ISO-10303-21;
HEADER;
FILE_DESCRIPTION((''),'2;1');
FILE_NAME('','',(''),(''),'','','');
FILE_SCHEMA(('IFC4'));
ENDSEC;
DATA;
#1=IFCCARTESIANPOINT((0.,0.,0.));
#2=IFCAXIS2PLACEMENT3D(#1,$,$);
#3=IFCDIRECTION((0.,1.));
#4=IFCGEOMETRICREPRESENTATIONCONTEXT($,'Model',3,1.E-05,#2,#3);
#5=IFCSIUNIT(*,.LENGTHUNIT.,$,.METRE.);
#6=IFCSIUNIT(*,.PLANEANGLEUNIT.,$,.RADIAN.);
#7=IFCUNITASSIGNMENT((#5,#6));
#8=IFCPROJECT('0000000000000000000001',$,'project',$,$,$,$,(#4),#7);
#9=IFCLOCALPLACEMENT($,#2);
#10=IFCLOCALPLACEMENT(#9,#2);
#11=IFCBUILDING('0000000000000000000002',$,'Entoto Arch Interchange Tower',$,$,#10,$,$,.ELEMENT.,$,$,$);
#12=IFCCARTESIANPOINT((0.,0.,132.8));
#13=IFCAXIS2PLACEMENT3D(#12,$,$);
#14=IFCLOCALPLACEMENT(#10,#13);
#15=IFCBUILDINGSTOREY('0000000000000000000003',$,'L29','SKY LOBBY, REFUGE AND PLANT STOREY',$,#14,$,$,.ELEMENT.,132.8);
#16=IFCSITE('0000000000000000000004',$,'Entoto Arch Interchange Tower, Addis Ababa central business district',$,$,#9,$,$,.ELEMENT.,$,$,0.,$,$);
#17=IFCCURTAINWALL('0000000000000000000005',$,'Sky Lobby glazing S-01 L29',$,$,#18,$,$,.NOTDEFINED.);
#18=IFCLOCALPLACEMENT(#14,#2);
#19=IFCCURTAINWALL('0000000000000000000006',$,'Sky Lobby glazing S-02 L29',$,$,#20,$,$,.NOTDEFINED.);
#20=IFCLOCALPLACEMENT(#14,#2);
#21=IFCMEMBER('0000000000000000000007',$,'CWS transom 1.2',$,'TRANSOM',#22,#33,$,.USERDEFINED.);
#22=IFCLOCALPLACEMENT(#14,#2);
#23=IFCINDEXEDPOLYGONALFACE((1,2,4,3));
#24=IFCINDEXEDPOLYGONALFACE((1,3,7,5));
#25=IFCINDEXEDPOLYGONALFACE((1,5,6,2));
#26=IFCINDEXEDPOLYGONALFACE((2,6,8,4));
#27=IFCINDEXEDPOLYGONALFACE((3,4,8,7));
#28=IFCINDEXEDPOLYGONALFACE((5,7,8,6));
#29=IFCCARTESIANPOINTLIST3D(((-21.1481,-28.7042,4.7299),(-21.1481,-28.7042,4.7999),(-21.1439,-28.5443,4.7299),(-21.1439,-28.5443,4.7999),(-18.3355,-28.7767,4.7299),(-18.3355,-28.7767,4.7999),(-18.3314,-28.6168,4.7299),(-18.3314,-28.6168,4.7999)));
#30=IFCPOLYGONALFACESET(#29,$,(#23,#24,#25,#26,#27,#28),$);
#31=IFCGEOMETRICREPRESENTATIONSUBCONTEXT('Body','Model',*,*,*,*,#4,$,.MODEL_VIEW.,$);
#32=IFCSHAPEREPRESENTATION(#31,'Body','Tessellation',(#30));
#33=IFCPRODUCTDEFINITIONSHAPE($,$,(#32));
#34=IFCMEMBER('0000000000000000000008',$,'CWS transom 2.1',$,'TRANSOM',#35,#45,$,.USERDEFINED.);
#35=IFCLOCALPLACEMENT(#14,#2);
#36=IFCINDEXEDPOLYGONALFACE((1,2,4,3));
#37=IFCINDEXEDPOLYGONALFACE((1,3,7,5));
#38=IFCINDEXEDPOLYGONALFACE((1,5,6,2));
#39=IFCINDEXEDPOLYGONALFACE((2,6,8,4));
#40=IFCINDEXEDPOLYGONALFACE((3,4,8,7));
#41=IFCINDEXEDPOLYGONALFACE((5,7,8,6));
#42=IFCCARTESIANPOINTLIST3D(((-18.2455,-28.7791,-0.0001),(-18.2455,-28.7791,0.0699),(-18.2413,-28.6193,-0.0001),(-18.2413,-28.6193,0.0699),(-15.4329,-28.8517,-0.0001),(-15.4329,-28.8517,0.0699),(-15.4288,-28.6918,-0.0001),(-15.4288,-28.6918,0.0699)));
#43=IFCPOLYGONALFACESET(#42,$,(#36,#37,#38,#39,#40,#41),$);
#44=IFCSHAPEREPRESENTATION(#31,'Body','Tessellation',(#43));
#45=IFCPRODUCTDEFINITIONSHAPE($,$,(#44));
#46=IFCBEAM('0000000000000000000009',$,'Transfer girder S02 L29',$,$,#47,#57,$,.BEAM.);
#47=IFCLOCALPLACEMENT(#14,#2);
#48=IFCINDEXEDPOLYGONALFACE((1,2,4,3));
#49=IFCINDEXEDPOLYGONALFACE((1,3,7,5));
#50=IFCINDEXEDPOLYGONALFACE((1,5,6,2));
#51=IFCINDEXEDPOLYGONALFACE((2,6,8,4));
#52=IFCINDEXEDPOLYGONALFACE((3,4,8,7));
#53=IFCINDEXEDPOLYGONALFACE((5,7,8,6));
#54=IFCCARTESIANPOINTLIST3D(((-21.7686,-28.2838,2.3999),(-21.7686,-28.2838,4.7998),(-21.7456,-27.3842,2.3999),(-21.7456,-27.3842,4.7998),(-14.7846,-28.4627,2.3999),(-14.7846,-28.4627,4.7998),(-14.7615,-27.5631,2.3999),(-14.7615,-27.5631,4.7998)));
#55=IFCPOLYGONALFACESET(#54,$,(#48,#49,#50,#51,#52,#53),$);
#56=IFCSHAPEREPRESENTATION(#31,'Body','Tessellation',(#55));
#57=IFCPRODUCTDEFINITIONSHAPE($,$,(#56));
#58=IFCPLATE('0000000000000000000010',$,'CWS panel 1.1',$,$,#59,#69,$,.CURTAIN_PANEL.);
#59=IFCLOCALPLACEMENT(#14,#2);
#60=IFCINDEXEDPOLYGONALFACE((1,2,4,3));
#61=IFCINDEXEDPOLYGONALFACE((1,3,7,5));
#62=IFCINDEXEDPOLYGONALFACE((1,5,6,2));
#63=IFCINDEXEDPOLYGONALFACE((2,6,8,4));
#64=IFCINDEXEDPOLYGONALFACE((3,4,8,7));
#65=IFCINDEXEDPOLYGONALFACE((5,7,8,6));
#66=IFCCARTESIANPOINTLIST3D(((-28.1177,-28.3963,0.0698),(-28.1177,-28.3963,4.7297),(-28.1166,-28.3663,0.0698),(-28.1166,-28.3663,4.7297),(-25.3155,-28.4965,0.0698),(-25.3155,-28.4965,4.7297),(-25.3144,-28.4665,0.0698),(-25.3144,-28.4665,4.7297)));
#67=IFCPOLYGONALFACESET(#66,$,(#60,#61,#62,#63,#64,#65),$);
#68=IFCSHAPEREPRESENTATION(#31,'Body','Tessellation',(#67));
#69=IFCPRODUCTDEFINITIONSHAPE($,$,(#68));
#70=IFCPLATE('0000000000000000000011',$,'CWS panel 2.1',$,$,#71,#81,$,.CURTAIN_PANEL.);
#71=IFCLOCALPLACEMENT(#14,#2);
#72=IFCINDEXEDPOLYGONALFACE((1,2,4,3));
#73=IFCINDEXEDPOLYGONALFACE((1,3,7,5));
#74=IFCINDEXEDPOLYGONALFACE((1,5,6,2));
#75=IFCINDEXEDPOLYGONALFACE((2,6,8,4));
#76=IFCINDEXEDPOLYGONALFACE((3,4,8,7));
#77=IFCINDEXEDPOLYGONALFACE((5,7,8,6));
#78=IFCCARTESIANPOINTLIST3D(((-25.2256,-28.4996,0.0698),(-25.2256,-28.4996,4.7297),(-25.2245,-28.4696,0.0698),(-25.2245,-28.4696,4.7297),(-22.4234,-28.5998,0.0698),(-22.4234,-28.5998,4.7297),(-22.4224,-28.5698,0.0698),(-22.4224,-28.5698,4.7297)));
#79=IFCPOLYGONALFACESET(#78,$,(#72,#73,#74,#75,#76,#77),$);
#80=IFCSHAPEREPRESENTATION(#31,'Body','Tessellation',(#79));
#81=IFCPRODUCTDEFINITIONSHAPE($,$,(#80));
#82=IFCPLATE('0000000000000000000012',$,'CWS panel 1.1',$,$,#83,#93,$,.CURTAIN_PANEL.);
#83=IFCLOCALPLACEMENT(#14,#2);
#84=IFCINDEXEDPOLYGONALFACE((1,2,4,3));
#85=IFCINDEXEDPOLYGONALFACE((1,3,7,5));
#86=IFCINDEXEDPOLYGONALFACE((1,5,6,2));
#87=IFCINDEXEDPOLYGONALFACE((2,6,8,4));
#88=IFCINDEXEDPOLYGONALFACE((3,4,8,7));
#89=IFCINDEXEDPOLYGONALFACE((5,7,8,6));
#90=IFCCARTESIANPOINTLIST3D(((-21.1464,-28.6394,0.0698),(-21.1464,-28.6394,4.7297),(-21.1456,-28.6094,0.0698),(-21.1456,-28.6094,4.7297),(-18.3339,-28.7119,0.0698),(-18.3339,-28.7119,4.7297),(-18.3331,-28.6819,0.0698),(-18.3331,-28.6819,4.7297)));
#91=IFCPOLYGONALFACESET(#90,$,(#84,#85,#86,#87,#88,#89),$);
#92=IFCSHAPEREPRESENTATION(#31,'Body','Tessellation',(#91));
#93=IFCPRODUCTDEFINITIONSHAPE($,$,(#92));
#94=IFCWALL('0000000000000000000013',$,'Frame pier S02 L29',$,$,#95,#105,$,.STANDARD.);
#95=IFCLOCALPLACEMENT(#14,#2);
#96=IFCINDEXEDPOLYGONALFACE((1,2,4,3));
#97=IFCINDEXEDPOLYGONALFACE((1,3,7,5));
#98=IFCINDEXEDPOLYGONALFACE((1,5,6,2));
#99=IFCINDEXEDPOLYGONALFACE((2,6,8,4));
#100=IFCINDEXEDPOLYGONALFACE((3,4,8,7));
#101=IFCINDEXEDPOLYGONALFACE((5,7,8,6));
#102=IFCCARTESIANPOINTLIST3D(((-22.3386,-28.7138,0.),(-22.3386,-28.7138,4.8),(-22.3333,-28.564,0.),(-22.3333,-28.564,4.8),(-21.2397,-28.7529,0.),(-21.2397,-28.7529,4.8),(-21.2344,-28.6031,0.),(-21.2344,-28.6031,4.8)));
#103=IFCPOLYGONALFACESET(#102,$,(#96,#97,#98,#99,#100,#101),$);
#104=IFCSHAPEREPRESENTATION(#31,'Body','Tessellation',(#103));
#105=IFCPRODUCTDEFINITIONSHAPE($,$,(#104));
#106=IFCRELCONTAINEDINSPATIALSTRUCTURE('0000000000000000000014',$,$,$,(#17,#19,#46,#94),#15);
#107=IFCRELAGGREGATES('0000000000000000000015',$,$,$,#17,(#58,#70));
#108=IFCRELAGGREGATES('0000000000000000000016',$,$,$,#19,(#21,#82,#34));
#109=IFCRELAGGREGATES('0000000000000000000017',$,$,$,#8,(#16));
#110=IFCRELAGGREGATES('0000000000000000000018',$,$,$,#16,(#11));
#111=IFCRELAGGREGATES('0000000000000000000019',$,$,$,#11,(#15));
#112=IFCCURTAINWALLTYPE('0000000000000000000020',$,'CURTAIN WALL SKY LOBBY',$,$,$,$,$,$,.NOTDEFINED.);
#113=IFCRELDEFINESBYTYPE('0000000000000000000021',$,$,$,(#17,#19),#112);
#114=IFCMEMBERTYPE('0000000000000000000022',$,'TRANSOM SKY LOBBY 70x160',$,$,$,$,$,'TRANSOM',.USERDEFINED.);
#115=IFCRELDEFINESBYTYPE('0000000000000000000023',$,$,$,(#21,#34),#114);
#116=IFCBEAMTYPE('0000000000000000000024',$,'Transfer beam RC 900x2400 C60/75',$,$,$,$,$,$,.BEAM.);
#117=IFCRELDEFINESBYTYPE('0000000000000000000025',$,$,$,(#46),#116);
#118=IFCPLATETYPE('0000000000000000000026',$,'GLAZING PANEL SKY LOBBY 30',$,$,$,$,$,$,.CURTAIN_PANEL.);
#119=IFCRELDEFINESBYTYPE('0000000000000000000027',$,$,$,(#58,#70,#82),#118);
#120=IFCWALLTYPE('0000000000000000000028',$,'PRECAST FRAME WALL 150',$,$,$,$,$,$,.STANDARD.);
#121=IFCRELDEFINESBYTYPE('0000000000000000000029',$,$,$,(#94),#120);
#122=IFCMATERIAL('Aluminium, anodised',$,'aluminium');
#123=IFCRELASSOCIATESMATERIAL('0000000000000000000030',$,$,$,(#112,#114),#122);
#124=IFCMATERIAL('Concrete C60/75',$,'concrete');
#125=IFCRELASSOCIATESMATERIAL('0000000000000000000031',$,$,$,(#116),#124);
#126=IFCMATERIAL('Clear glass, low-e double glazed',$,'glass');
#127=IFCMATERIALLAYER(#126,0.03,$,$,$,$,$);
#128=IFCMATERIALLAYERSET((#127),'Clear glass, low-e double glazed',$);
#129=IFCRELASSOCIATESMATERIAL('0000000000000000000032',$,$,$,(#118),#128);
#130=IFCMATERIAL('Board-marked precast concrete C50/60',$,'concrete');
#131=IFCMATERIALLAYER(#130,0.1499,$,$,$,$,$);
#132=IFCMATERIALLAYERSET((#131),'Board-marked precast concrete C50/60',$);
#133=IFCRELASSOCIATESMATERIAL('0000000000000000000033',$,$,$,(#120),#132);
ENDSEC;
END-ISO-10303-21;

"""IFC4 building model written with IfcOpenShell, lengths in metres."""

from ifc_helpers import new_model, si_unit, direction, frame, frame_2d, origin, origin_2d, place, context, subcontext, project, spatial, rectangle, extrude, material, layer, layer_set, material_profile, profile_set, type_object, element, aggregate, save


model = new_model("IFC4")

# Units and contexts
model_context = context("Model", 3, precision=1e-05, world=origin(), true_north=direction((0.0, 1.0)))
body_context = subcontext(model_context, "Body", "Model", "MODEL_VIEW")
ifc_project = project(units=[si_unit("LENGTHUNIT", "METRE"), si_unit("PLANEANGLEUNIT", "RADIAN")], contexts=[model_context])

# Site, building, storey
site_placement = place(None, origin())
site = spatial("IfcSite", under=ifc_project, at=site_placement, Name="Entoto Arch Interchange Tower, Addis Ababa central business district", CompositionType="ELEMENT", RefElevation=0.0)
building_placement = place(site_placement, origin())
building = spatial("IfcBuilding", under=site, at=building_placement, Name="Entoto Arch Interchange Tower", CompositionType="ELEMENT")
storey_placement = place(building_placement, frame((0.0, 0.0, 132.8)))
storey = spatial("IfcBuildingStorey", under=building, at=storey_placement, Name="L29", Description="SKY LOBBY, REFUGE AND PLANT STOREY", CompositionType="ELEMENT", Elevation=132.8)

# Shared definitions
ifc_material_1 = material(Name="Concrete C60/75", Category="concrete")

# Curtain walls
ifc_material_2 = material(Name="Aluminium, anodised", Category="aluminium")
curtain_wall_type = type_object("IfcCurtainWallType", Name="CURTAIN WALL SKY LOBBY", PredefinedType="NOTDEFINED", material=ifc_material_2)
curtain_wall_1_placement = place(storey_placement, origin())
curtain_wall_1 = element("IfcCurtainWall", 1, at=curtain_wall_1_placement, inside=storey, type_object=curtain_wall_type, Name="Sky Lobby glazing S-01 L29", PredefinedType="NOTDEFINED")
curtain_wall_2_placement = place(storey_placement, origin())
curtain_wall_2 = element("IfcCurtainWall", 2, at=curtain_wall_2_placement, inside=storey, type_object=curtain_wall_type, Name="Sky Lobby glazing S-02 L29", PredefinedType="NOTDEFINED")

# Members
ifc_material_profile_1 = material_profile(ifc_material_2, rectangle(XDim=0.1599, YDim=0.0701, at=origin_2d()))
ifc_profile_set_1 = profile_set([ifc_material_profile_1], Name="Aluminium, anodised")
member_type_1 = type_object("IfcMemberType", Name="TRANSOM SKY LOBBY 70x160", ElementType="TRANSOM", PredefinedType="USERDEFINED", material=ifc_profile_set_1)
member_1_placement = place(storey_placement, frame((-21.146, -28.6243, 4.7649), z_axis=(0.999668, -0.025773, 0.0), x_axis=(0.025773, 0.999668, 0.0)))
member_1 = element("IfcMember", 3, at=member_1_placement, type_object=member_type_1, Name="CWS transom 1.2", ObjectType="TRANSOM", PredefinedType="USERDEFINED", context=body_context, shape_type="SweptSolid", body=[
    extrude(rectangle(XDim=0.1599, YDim=0.0701, at=origin_2d()), origin(), (0.0, 0.0, 1.0), 2.8135),
])
member_2_placement = place(storey_placement, frame((-18.2434, -28.6992, 0.0349), z_axis=(0.999668, -0.025773, 0.0), x_axis=(0.025773, 0.999668, 0.0)))
member_2 = element("IfcMember", 4, at=member_2_placement, type_object=member_type_1, Name="CWS transom 2.1", ObjectType="TRANSOM", PredefinedType="USERDEFINED", context=body_context, shape_type="SweptSolid", body=[
    extrude(rectangle(XDim=0.1599, YDim=0.0701, at=origin_2d()), origin(), (0.0, 0.0, 1.0), 2.8135),
])

# Beam
ifc_material_profile_2 = material_profile(ifc_material_1, rectangle(XDim=0.8999, YDim=2.3999, at=origin_2d()))
ifc_profile_set_2 = profile_set([ifc_material_profile_2], Name="Concrete C60/75")
beam_type = type_object("IfcBeamType", Name="Transfer beam RC 900x2400 C60/75", PredefinedType="BEAM", material=ifc_profile_set_2)
beam_placement = place(storey_placement, frame((-21.7571, -27.834, 3.5999), z_axis=(0.999672, -0.025615, 0.0), x_axis=(0.025615, 0.999672, 0.0)))
element("IfcBeam", 5, at=beam_placement, inside=storey, type_object=beam_type, Name="Transfer girder S02 L29", PredefinedType="BEAM", context=body_context, shape_type="SweptSolid", body=[
    extrude(rectangle(XDim=0.8999, YDim=2.3999, at=origin_2d()), origin(), (0.0, 0.0, 1.0), 6.9863),
])

# Plates
ifc_material_3 = material(Name="Clear glass, low-e double glazed", Category="glass")
ifc_layer_1 = layer(ifc_material_3, 0.03)
ifc_layer_set_1 = layer_set([ifc_layer_1], Name="Clear glass, low-e double glazed")
plate_type = type_object("IfcPlateType", Name="GLAZING PANEL SKY LOBBY 30", PredefinedType="CURTAIN_PANEL", material=ifc_layer_set_1)
plate_1_placement = place(storey_placement, frame((-26.7161, -28.4314, 0.0698), z_axis=(0.0, 0.0, 1.0), x_axis=(0.999362, -0.035728, 0.0)))
plate_1 = element("IfcPlate", 6, at=plate_1_placement, type_object=plate_type, Name="CWS panel 1.1", PredefinedType="CURTAIN_PANEL", context=body_context, shape_type="SweptSolid", body=[
    extrude(rectangle(XDim=2.804, YDim=0.03, at=origin_2d()), origin(), (0.0, 0.0, 1.0), 4.6599),
])
plate_2_placement = place(storey_placement, frame((-23.824, -28.5347, 0.0698), z_axis=(0.0, 0.0, 1.0), x_axis=(0.999362, -0.035728, 0.0)))
plate_2 = element("IfcPlate", 7, at=plate_2_placement, type_object=plate_type, Name="CWS panel 2.1", PredefinedType="CURTAIN_PANEL", context=body_context, shape_type="SweptSolid", body=[
    extrude(rectangle(XDim=2.804, YDim=0.03, at=origin_2d()), origin(), (0.0, 0.0, 1.0), 4.6599),
])
aggregate(curtain_wall_1, [plate_1, plate_2])
plate_3_placement = place(storey_placement, frame((-19.7397, -28.6606, 0.0698), z_axis=(0.0, 0.0, 1.0), x_axis=(0.999668, -0.025776, 0.0)))
plate_3 = element("IfcPlate", 8, at=plate_3_placement, type_object=plate_type, Name="CWS panel 1.1", PredefinedType="CURTAIN_PANEL", context=body_context, shape_type="SweptSolid", body=[
    extrude(rectangle(XDim=2.8135, YDim=0.03, at=origin_2d()), origin(), (0.0, 0.0, 1.0), 4.6599),
])
aggregate(curtain_wall_2, [member_1, plate_3, member_2])

# Wall
ifc_material_4 = material(Name="Board-marked precast concrete C50/60", Category="concrete")
ifc_layer_2 = layer(ifc_material_4, 0.1499)
ifc_layer_set_2 = layer_set([ifc_layer_2], Name="Board-marked precast concrete C50/60")
wall_type = type_object("IfcWallType", Name="PRECAST FRAME WALL 150", PredefinedType="STANDARD", material=ifc_layer_set_2)
wall_placement = place(storey_placement, frame((-22.3359, -28.6389, 0.0), z_axis=(0.0, 0.0, 1.0), x_axis=(0.999369, -0.035525, 0.0)))
element("IfcWall", 9, at=wall_placement, inside=storey, type_object=wall_type, Name="Frame pier S02 L29", PredefinedType="STANDARD", context=body_context, shape_type="SweptSolid", body=[
    extrude(rectangle(XDim=1.0996, YDim=0.1499, at=frame_2d((0.5498, 0.0))), origin(), (0.0, 0.0, 1.0), 4.8),
])

save(model, "model.ifc")
